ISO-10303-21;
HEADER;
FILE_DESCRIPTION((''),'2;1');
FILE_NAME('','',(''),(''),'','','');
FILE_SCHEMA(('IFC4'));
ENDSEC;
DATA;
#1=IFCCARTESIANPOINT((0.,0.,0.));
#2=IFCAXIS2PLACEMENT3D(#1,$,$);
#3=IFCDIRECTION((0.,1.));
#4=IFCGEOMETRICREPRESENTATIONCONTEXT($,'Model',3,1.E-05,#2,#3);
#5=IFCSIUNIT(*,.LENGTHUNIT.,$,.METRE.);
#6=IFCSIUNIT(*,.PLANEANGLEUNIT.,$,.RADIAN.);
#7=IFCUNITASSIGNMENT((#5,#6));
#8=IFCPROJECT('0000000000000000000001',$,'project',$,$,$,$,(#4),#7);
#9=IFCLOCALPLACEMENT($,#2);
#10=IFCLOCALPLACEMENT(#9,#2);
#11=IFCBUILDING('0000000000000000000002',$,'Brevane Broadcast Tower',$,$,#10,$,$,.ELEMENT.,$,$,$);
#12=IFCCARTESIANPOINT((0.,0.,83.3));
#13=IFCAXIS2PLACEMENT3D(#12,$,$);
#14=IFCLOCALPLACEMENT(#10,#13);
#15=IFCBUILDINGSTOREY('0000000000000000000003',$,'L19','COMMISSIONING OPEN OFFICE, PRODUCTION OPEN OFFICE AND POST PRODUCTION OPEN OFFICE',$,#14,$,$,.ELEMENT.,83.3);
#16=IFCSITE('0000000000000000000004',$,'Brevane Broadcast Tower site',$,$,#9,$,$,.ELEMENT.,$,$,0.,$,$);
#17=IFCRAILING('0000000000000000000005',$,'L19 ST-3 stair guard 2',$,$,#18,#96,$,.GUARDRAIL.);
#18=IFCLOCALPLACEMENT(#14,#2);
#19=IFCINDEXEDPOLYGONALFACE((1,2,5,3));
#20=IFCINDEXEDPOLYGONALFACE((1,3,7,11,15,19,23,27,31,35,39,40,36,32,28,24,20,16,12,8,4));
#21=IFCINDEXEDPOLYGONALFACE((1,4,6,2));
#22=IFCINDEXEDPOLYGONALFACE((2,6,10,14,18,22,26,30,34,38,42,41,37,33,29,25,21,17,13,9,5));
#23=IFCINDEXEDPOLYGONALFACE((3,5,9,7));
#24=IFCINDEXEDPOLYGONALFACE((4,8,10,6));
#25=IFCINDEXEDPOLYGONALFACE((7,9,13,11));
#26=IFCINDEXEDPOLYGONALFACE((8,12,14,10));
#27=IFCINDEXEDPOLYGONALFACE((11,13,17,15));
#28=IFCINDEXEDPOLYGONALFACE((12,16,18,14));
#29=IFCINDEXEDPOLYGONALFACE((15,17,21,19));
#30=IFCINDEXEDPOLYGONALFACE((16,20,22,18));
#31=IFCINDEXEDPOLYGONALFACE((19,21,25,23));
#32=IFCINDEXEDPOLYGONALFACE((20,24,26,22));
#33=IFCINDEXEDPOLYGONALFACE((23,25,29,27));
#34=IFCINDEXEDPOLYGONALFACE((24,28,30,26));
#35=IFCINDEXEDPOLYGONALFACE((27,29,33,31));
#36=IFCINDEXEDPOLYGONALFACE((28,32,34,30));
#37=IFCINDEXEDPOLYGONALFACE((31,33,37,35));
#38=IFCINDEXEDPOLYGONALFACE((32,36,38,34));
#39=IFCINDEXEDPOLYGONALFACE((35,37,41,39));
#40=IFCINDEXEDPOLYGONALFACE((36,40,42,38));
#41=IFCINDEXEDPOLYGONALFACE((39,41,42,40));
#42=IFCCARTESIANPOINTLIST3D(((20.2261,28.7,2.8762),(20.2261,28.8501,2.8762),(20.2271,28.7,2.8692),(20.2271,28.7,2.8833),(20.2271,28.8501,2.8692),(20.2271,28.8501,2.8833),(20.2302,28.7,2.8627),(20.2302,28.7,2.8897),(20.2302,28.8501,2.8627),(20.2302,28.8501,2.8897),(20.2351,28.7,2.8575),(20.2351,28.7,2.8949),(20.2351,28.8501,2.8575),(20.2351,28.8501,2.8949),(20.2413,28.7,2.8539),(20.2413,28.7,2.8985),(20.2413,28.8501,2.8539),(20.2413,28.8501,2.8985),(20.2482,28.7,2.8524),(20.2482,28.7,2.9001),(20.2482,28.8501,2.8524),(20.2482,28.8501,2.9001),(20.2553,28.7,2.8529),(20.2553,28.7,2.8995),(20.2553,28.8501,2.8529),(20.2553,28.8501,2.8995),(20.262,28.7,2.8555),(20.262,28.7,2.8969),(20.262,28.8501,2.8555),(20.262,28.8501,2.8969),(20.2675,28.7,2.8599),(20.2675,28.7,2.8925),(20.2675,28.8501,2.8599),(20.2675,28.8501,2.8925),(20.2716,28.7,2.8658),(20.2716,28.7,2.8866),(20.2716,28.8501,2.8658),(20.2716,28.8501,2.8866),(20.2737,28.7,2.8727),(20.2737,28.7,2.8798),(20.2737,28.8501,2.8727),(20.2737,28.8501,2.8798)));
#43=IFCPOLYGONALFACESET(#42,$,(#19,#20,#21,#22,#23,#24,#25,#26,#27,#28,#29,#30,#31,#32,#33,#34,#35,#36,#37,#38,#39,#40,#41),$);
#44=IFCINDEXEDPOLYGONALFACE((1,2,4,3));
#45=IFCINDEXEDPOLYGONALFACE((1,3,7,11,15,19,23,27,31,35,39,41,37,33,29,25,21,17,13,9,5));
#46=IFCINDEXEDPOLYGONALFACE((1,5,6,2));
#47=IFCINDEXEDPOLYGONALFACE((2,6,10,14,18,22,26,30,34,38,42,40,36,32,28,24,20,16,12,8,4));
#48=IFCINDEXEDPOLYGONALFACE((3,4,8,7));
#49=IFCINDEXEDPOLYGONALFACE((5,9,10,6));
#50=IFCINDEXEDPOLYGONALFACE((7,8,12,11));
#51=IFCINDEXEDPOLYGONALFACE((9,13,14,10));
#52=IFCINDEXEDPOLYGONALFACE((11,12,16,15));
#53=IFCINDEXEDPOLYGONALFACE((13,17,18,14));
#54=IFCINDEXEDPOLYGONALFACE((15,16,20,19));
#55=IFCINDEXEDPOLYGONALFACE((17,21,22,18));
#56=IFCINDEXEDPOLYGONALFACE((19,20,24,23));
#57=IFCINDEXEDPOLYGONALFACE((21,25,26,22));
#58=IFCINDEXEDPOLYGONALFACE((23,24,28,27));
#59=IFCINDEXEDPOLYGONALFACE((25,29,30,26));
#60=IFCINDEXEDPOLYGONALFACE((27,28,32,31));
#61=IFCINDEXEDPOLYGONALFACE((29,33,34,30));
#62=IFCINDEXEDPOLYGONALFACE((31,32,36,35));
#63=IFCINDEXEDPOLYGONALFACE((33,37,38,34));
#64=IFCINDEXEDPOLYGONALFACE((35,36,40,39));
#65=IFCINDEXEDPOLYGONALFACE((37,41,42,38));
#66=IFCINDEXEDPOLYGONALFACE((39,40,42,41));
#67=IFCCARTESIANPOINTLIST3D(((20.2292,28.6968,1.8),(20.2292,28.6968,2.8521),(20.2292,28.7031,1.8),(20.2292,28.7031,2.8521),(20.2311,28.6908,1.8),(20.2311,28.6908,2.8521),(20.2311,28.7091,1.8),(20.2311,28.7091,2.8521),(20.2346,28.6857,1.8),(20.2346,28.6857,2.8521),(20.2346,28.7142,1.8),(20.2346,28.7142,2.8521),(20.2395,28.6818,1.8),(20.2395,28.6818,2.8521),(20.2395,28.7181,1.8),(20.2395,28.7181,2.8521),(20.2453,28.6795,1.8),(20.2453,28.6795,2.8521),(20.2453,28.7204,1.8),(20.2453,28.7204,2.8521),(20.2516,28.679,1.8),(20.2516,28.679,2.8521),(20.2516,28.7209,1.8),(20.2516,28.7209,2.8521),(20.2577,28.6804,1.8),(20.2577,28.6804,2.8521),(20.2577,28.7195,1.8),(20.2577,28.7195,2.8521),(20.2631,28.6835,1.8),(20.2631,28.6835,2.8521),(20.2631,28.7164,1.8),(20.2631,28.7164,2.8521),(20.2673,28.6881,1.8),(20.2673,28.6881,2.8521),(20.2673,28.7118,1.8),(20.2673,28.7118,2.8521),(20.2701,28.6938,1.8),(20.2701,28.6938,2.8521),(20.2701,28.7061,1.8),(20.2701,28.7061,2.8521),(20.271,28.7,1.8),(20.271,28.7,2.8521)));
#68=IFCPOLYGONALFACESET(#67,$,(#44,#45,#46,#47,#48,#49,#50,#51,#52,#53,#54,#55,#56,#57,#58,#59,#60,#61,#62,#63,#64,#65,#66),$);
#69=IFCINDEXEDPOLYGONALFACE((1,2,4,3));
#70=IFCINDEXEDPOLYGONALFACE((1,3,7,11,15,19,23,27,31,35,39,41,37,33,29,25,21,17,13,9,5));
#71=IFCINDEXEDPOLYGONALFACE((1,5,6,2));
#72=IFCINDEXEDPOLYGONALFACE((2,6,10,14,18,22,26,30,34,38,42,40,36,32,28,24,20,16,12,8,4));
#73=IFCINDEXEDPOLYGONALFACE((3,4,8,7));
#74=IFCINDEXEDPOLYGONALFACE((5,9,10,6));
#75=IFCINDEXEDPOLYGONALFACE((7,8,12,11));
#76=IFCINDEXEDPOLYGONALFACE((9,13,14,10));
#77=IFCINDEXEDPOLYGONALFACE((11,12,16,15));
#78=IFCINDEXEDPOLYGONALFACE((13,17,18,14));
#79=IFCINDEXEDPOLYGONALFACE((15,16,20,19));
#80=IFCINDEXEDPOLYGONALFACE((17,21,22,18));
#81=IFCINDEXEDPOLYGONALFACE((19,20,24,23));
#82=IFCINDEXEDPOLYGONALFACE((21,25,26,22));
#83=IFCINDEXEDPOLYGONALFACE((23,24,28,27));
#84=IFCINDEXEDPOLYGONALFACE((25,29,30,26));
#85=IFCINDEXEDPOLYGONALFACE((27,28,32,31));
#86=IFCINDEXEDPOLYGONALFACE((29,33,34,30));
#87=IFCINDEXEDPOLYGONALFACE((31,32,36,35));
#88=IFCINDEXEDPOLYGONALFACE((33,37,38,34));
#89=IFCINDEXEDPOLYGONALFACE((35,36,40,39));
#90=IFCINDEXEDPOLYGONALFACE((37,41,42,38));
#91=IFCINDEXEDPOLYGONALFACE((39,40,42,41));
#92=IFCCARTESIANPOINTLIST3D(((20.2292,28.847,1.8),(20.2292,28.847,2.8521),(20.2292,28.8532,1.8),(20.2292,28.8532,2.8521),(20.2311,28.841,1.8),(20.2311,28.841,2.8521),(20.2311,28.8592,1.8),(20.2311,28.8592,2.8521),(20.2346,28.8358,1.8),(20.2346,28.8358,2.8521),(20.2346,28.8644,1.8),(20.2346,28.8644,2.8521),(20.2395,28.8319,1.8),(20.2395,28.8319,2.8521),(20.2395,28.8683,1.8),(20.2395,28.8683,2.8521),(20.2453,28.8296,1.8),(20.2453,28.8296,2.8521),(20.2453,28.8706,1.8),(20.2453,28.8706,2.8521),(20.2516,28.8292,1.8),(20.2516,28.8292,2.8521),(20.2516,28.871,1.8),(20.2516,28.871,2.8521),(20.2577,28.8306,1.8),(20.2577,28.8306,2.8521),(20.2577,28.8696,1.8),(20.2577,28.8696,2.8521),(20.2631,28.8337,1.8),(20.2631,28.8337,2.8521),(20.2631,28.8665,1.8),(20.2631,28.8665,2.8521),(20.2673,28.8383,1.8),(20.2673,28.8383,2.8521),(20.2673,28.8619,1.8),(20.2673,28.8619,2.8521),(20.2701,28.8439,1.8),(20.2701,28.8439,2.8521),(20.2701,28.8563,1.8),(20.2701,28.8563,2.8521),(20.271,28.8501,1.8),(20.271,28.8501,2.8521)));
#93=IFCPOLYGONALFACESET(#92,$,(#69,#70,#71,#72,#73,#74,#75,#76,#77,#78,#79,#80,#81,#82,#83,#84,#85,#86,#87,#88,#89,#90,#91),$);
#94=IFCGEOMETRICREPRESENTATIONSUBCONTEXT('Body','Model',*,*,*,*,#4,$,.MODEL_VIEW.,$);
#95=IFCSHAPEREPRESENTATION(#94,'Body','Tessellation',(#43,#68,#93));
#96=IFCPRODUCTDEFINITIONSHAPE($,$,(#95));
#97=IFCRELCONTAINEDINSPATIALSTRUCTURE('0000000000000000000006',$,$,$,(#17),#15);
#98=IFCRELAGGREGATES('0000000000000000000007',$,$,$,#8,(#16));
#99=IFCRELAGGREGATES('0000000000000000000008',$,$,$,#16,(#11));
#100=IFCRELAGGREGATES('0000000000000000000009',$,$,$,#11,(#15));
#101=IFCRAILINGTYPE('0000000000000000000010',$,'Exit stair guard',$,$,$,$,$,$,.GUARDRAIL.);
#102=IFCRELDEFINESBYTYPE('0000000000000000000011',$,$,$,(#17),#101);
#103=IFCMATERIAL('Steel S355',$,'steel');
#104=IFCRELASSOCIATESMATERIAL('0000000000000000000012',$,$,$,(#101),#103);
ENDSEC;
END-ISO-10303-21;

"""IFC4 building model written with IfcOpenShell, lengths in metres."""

from ifc_helpers import new_model, si_unit, direction, frame, origin, origin_2d, place, context, subcontext, project, spatial, circle, extrude, material, type_object, element, save


model = new_model("IFC4")

# Units and contexts
model_context = context("Model", 3, precision=1e-05, world=origin(), true_north=direction((0.0, 1.0)))
body_context = subcontext(model_context, "Body", "Model", "MODEL_VIEW")
ifc_project = project(units=[si_unit("LENGTHUNIT", "METRE"), si_unit("PLANEANGLEUNIT", "RADIAN")], contexts=[model_context])

# Site, building, storey
site_placement = place(None, origin())
site = spatial("IfcSite", under=ifc_project, at=site_placement, Name="Brevane Broadcast Tower site", CompositionType="ELEMENT", RefElevation=0.0)
building_placement = place(site_placement, origin())
building = spatial("IfcBuilding", under=site, at=building_placement, Name="Brevane Broadcast Tower", CompositionType="ELEMENT")
storey_placement = place(building_placement, frame((0.0, 0.0, 83.3)))
storey = spatial("IfcBuildingStorey", under=building, at=storey_placement, Name="L19", Description="COMMISSIONING OPEN OFFICE, PRODUCTION OPEN OFFICE AND POST PRODUCTION OPEN OFFICE", CompositionType="ELEMENT", Elevation=83.3)

# Railing
ifc_material_1 = material(Name="Steel S355", Category="steel")
railing_type_1 = type_object("IfcRailingType", Name="Exit stair guard", PredefinedType="GUARDRAIL", material=ifc_material_1)
railing_1_placement = place(storey_placement, frame((20.25, 28.7, 1.8)))
element("IfcRailing", 1, at=railing_1_placement, inside=storey, type_object=railing_type_1, Name="L19 ST-3 stair guard 2", PredefinedType="GUARDRAIL", context=body_context, shape_type="SweptSolid", body=[
    extrude(circle(Radius=0.0239, at=origin_2d()), frame((0.0, 0.0, 1.0762), z_axis=(0.0, 1.0, 0.0), x_axis=(-1.0, 0.0, 0.0)), (0.0, 0.0, 1.0), 0.1501),
    extrude(circle(Radius=0.021, at=origin_2d()), origin(), (0.0, 0.0, 1.0), 1.052),
    extrude(circle(Radius=0.021, at=origin_2d()), frame((0.0, 0.1501, 0.0)), (0.0, 0.0, 1.0), 1.052),
])

save(model, "model.ifc")
